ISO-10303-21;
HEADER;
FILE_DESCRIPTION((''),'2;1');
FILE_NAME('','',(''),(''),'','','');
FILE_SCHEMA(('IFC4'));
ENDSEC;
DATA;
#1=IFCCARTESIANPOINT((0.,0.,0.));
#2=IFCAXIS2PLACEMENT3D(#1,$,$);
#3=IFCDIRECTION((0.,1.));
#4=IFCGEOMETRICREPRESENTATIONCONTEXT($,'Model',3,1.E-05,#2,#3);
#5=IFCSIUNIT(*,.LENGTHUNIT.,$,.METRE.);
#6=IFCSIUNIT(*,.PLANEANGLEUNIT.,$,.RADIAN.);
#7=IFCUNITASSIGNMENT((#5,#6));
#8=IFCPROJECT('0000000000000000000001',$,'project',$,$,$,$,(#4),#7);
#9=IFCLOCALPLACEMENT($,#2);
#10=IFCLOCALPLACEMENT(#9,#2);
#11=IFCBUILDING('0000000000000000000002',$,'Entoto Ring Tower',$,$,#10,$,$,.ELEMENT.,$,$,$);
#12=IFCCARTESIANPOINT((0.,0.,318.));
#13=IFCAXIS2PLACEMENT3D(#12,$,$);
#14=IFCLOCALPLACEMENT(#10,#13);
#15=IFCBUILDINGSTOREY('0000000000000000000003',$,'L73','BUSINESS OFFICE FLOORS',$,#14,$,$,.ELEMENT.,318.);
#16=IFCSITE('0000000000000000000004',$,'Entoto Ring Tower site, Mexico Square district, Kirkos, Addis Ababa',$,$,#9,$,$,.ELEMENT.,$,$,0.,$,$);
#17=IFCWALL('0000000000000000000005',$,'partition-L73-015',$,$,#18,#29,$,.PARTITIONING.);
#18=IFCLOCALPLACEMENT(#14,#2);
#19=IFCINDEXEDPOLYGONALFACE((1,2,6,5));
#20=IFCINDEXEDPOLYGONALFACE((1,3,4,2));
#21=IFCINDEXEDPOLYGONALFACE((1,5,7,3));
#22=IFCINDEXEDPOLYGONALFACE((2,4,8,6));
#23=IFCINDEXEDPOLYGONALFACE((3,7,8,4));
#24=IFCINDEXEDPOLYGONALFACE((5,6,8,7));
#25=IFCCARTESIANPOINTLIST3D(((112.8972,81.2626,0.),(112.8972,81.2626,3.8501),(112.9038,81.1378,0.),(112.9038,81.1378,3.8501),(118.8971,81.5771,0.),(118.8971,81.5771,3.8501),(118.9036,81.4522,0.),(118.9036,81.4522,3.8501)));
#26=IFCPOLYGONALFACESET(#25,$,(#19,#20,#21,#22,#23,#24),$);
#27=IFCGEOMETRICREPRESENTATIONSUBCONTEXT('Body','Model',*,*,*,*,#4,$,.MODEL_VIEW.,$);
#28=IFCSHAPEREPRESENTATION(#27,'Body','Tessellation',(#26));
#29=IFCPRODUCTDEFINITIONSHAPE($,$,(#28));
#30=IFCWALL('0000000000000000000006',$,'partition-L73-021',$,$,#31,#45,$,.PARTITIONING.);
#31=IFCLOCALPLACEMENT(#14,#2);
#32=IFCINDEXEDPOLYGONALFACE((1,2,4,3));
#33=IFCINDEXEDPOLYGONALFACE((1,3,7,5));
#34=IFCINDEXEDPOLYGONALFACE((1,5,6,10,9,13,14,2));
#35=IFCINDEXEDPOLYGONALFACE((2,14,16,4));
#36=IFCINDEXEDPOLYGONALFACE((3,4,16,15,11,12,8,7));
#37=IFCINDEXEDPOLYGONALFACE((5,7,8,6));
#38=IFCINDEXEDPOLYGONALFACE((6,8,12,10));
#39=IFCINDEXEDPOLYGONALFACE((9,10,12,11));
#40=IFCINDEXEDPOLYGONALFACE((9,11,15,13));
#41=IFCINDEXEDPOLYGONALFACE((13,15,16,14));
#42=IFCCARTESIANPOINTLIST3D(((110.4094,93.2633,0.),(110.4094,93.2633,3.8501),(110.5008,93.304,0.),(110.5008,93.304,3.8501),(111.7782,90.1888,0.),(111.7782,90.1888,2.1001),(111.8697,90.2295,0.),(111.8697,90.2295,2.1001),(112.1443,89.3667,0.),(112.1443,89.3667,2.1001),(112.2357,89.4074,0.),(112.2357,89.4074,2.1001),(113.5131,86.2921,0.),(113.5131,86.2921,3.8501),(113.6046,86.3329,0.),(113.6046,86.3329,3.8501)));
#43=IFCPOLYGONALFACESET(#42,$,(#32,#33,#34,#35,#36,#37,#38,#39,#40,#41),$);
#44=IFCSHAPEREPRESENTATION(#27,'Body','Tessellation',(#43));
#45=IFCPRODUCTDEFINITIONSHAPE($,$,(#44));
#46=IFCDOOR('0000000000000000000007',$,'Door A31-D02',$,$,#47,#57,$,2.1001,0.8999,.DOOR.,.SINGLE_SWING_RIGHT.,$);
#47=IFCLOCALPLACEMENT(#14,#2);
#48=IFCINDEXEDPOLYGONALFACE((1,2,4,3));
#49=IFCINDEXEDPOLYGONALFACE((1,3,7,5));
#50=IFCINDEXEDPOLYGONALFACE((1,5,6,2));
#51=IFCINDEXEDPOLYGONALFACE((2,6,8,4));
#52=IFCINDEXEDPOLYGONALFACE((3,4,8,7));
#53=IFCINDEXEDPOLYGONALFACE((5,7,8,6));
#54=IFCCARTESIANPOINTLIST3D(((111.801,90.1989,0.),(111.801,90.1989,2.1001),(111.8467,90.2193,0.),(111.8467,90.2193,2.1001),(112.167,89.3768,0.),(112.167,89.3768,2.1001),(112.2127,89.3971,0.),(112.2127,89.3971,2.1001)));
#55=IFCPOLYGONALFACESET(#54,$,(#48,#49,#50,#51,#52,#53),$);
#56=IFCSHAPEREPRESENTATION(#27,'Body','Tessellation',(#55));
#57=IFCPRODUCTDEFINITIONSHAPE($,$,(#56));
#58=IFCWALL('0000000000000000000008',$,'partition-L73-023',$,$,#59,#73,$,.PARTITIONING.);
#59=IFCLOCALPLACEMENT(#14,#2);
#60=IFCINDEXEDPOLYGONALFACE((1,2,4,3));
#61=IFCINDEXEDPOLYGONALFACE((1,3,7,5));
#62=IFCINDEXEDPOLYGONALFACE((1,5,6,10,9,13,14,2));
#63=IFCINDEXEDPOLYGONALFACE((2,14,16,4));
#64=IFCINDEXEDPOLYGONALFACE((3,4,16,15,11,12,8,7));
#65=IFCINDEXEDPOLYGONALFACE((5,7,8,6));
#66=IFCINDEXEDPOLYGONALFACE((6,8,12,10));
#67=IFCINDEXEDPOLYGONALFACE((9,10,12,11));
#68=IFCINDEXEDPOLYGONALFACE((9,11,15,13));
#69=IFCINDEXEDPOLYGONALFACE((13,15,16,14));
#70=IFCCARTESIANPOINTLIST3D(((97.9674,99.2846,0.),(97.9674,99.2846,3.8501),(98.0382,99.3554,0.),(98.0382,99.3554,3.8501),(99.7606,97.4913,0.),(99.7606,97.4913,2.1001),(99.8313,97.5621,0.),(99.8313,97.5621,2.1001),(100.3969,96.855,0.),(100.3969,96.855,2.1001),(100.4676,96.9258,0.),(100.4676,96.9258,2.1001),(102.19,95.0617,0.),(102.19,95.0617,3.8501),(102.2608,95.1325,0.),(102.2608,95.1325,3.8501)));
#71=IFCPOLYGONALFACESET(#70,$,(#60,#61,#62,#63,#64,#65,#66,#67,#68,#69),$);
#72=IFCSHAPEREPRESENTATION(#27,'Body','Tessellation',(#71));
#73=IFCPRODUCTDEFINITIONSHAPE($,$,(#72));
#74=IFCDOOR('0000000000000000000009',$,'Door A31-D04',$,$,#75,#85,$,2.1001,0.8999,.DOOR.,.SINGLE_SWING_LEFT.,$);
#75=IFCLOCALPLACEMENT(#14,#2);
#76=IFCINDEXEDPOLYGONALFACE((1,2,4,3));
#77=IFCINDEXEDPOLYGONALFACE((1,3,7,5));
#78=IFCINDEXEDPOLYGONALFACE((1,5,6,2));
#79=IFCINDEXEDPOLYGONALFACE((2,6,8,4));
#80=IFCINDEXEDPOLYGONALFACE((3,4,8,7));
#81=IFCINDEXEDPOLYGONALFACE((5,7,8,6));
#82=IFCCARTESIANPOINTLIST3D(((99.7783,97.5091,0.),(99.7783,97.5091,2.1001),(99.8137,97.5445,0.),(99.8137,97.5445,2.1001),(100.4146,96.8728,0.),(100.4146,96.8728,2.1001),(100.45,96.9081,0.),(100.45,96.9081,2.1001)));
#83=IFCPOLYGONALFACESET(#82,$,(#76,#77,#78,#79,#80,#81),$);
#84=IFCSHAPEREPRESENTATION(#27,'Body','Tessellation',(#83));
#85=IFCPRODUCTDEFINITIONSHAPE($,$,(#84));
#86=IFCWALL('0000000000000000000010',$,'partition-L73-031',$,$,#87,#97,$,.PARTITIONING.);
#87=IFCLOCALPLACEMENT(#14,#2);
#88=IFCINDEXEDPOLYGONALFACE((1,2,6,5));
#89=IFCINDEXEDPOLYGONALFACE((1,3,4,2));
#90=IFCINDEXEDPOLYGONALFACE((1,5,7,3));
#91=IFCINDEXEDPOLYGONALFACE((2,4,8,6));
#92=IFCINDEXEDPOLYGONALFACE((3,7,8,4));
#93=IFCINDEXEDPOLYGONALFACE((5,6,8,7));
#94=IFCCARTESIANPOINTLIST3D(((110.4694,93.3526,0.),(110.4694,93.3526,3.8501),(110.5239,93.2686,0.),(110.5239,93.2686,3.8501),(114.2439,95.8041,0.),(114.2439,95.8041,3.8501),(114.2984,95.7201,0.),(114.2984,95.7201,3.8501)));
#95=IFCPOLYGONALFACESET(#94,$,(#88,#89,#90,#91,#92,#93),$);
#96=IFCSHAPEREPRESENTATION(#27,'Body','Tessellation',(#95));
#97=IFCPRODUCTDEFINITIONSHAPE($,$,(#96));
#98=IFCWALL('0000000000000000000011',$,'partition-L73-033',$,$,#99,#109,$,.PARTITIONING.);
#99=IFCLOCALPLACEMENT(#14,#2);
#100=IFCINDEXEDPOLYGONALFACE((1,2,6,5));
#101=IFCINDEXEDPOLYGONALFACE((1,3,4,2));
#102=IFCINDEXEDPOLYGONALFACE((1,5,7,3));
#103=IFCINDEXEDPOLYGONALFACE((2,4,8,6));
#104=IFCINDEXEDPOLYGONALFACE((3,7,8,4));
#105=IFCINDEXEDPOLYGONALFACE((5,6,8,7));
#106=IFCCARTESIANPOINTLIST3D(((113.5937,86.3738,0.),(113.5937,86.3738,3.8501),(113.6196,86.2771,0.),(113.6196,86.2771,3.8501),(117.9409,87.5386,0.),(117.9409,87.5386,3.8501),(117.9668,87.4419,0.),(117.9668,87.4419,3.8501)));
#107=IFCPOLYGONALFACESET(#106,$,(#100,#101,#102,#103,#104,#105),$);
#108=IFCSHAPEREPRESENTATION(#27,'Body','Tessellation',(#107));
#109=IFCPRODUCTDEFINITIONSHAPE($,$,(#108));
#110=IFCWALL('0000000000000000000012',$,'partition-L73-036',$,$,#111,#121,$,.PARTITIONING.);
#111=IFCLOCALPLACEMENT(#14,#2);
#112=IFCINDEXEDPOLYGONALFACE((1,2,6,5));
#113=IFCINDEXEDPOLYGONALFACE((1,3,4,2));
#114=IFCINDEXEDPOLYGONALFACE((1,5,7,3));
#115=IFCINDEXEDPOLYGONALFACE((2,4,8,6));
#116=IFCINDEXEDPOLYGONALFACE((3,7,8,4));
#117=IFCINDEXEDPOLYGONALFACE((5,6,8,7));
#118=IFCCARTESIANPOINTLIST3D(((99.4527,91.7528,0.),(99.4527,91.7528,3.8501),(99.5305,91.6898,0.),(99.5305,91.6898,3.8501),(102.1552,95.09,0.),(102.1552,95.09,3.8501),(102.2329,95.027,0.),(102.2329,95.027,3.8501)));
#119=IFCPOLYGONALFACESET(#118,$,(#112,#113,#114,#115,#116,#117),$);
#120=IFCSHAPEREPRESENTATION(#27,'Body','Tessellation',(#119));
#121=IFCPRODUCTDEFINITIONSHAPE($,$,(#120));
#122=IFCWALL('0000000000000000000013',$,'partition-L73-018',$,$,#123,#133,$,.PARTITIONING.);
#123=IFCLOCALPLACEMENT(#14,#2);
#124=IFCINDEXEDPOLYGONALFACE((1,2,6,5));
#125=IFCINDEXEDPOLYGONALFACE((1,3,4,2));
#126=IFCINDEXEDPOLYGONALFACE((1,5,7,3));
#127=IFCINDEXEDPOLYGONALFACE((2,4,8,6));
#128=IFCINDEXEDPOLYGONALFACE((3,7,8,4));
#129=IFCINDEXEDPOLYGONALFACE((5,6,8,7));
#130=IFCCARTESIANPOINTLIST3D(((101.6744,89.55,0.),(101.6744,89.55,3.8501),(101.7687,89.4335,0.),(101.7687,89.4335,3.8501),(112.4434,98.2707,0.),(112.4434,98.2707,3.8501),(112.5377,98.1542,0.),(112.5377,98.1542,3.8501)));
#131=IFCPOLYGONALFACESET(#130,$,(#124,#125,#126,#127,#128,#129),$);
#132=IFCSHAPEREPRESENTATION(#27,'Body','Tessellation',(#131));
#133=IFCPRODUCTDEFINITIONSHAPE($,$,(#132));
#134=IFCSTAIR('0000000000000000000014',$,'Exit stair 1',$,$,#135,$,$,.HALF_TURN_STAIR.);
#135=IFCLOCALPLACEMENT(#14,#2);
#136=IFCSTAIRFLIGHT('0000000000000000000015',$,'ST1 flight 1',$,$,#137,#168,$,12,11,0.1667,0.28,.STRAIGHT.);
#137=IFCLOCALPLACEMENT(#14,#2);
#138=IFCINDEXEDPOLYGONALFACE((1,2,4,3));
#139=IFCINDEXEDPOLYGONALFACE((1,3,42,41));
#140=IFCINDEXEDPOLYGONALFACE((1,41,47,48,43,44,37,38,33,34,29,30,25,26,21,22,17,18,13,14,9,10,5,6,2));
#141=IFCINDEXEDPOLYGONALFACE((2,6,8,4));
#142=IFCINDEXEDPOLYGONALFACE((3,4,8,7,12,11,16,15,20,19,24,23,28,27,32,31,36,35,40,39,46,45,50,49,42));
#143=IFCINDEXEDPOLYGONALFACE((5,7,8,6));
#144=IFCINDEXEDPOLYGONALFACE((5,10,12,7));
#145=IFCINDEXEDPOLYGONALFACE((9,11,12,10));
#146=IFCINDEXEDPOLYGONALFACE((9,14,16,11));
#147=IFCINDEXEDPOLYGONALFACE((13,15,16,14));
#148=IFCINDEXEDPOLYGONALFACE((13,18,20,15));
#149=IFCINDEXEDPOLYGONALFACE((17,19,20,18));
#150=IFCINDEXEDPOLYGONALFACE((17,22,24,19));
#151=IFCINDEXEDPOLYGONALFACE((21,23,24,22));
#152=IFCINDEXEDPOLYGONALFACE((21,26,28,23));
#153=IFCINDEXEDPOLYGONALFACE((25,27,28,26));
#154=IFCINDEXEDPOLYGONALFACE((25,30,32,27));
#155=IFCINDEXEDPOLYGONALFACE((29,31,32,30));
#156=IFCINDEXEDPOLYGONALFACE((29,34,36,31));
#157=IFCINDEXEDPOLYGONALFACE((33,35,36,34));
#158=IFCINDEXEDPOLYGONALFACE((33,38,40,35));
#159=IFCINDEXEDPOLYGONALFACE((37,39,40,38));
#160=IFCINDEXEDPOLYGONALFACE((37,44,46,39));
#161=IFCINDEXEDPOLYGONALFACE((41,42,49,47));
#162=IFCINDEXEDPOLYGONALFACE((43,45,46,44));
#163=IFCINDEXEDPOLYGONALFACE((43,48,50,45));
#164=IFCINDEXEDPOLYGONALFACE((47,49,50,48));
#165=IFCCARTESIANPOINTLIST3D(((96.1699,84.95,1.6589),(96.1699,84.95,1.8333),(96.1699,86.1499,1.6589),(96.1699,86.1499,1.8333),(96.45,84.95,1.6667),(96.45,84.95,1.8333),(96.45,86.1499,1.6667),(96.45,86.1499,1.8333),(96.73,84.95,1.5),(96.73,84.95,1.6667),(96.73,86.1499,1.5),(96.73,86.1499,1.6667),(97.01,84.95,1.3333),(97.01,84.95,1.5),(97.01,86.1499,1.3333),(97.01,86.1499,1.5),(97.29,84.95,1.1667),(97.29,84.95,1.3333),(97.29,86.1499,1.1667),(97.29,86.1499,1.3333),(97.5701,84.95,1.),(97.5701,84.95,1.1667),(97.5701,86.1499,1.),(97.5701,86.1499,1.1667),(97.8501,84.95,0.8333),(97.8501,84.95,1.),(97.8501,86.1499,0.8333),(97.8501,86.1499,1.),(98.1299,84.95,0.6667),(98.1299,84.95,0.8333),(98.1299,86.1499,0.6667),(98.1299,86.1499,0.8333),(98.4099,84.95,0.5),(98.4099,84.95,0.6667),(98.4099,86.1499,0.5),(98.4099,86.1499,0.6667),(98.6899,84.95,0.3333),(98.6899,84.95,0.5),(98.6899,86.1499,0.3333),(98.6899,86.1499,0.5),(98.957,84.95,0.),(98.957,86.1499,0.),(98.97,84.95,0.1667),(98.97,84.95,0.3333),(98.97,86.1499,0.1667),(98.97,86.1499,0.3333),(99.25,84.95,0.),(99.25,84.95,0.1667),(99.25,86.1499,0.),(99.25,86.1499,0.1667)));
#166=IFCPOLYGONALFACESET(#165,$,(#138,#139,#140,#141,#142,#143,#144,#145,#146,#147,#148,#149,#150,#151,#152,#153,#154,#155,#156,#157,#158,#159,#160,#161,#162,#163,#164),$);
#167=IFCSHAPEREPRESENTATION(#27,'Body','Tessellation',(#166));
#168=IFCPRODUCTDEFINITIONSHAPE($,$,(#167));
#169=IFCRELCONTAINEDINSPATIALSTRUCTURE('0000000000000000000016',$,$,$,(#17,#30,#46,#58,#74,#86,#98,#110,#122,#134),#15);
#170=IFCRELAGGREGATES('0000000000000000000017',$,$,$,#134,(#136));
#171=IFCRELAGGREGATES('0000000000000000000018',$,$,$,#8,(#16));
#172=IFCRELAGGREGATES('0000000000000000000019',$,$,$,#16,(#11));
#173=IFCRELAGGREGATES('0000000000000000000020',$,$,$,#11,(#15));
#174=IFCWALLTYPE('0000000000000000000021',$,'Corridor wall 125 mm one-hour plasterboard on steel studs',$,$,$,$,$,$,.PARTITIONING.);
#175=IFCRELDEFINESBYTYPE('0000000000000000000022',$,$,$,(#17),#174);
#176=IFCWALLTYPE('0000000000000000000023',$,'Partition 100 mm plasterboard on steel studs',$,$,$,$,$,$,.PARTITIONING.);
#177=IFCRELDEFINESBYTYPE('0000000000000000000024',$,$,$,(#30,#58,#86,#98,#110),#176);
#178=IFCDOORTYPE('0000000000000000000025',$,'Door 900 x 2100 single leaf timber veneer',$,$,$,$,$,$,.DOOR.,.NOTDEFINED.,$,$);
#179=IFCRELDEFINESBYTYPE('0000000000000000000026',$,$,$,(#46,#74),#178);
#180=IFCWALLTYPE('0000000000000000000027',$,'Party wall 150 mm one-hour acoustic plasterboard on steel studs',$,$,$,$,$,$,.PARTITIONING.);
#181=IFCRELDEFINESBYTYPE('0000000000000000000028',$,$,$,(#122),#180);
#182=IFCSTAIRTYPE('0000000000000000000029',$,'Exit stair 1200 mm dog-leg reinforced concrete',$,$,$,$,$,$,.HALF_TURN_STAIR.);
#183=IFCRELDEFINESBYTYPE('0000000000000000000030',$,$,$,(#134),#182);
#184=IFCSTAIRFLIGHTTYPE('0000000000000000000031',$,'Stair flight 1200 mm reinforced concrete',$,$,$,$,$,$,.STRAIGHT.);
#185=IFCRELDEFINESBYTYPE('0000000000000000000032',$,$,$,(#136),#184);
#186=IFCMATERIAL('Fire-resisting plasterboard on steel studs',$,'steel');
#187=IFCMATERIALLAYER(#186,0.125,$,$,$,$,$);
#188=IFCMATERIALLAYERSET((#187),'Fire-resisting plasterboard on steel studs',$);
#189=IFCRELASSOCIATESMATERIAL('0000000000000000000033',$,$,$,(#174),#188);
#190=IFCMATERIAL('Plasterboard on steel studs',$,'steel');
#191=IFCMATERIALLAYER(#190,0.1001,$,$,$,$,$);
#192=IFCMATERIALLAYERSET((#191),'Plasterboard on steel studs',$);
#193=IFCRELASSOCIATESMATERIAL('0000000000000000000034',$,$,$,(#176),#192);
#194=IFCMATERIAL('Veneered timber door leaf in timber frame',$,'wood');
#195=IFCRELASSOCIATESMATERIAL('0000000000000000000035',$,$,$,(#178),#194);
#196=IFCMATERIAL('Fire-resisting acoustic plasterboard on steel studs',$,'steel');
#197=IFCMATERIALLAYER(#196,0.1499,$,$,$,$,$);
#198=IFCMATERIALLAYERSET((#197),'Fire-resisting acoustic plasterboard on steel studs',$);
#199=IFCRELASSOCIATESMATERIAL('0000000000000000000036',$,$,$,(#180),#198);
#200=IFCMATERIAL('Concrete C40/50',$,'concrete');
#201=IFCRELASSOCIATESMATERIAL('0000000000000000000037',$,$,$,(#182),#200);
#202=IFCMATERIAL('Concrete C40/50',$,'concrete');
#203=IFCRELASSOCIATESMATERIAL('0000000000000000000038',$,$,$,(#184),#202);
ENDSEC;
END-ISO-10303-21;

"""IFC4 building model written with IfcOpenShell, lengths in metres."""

from ifc_helpers import new_model, si_unit, direction, frame, frame_2d, origin, place, context, subcontext, project, spatial, polyline, rectangle, outline, extrude, material, layer, layer_set, type_object, element, fill, aggregate, save


model = new_model("IFC4")

# Units and contexts
model_context = context("Model", 3, precision=1e-05, world=origin(), true_north=direction((0.0, 1.0)))
body_context = subcontext(model_context, "Body", "Model", "MODEL_VIEW")
ifc_project = project(units=[si_unit("LENGTHUNIT", "METRE"), si_unit("PLANEANGLEUNIT", "RADIAN")], contexts=[model_context])

# Site, building, storey
site_placement = place(None, origin())
site = spatial("IfcSite", under=ifc_project, at=site_placement, Name="Entoto Ring Tower site, Mexico Square district, Kirkos, Addis Ababa", CompositionType="ELEMENT", RefElevation=0.0)
building_placement = place(site_placement, origin())
building = spatial("IfcBuilding", under=site, at=building_placement, Name="Entoto Ring Tower", CompositionType="ELEMENT")
storey_placement = place(building_placement, frame((0.0, 0.0, 318.0)))
storey = spatial("IfcBuildingStorey", under=building, at=storey_placement, Name="L73", Description="BUSINESS OFFICE FLOORS", CompositionType="ELEMENT", Elevation=318.0)

# Shared definitions
ifc_material_1 = material(Name="Fire-resisting plasterboard on steel studs", Category="steel")
ifc_layer_1 = layer(ifc_material_1, 0.125)
ifc_layer_set_1 = layer_set([ifc_layer_1], Name="Fire-resisting plasterboard on steel studs")
wall_type_1 = type_object("IfcWallType", Name="Corridor wall 125 mm one-hour plasterboard on steel studs", PredefinedType="PARTITIONING", material=ifc_layer_set_1)

# Wall
wall_1_placement = place(storey_placement, frame((112.9006, 81.2002, 0.0), z_axis=(0.0, 0.0, 1.0), x_axis=(0.998629, 0.052339, 0.0)))
element("IfcWall", 1, at=wall_1_placement, inside=storey, type_object=wall_type_1, Name="partition-L73-015", PredefinedType="PARTITIONING", context=body_context, shape_type="SweptSolid", body=[
    extrude(rectangle(XDim=6.0081, YDim=0.125, at=frame_2d((3.0039, 0.0))), origin(), (0.0, 0.0, 1.0), 3.8501),
])

# Walls, openings, doors
ifc_material_2 = material(Name="Plasterboard on steel studs", Category="steel")
ifc_layer_2 = layer(ifc_material_2, 0.1001)
ifc_layer_set_2 = layer_set([ifc_layer_2], Name="Plasterboard on steel studs")
wall_type_2 = type_object("IfcWallType", Name="Partition 100 mm plasterboard on steel studs", PredefinedType="PARTITIONING", material=ifc_layer_set_2)
wall_2_placement = place(storey_placement, frame((113.5588, 86.3125, 0.0), z_axis=(0.0, 0.0, 1.0), x_axis=(-0.406735, 0.913546, 0.0)))
wall_2 = element("IfcWall", 2, at=wall_2_placement, inside=storey, type_object=wall_type_2, Name="partition-L73-021", PredefinedType="PARTITIONING", context=body_context, shape_type="SweptSolid", body=[
    extrude(rectangle(XDim=7.6309, YDim=0.1001, at=frame_2d((3.8154, 0.0))), origin(), (0.0, 0.0, 1.0), 3.8501),
])
opening_1_placement = place(wall_2_placement, frame((3.3655, 0.0, 0.0)))
opening_1 = element("IfcOpeningElement", 3, at=opening_1_placement, cuts=wall_2, PredefinedType="OPENING", context=body_context, shape_type="SweptSolid", body=[
    extrude(rectangle(XDim=0.8999, YDim=2.1001, at=frame_2d((0.45, 1.05))), frame((0.0, 0.0601, 0.0), z_axis=(0.0, -1.0, 0.0), x_axis=(1.0, 0.0, 0.0)), (0.0, 0.0, 1.0), 0.1201),
])
ifc_material_3 = material(Name="Veneered timber door leaf in timber frame", Category="wood")
door_type_1 = type_object("IfcDoorType", Name="Door 900 x 2100 single leaf timber veneer", OperationType="NOTDEFINED", PredefinedType="DOOR", material=ifc_material_3)
door_1_placement = place(opening_1_placement, frame((0.8999, 0.0, 0.0), z_axis=(0.0, 0.0, 1.0), x_axis=(-1.0, 0.0, 0.0)))
door_1 = element("IfcDoor", 4, at=door_1_placement, inside=storey, type_object=door_type_1, Name="Door A31-D02", OperationType="SINGLE_SWING_RIGHT", OverallHeight=2.1001, OverallWidth=0.8999, PredefinedType="DOOR", context=body_context, shape_type="SweptSolid", body=[
    extrude(rectangle(XDim=0.8999, YDim=2.1001, at=frame_2d((0.45, 1.05))), frame((0.0, 0.0249, 0.0), z_axis=(0.0, -1.0, 0.0), x_axis=(1.0, 0.0, 0.0)), (0.0, 0.0, 1.0), 0.05),
])
fill(opening_1, door_1)
wall_3_placement = place(storey_placement, frame((102.2253, 95.0972, 0.0), z_axis=(0.0, 0.0, 1.0), x_axis=(-0.707086, 0.707127, 0.0)))
wall_3 = element("IfcWall", 5, at=wall_3_placement, inside=storey, type_object=wall_type_2, Name="partition-L73-023", PredefinedType="PARTITIONING", context=body_context, shape_type="SweptSolid", body=[
    extrude(rectangle(XDim=5.9719, YDim=0.1001, at=frame_2d((2.9858, 0.0))), origin(), (0.0, 0.0, 1.0), 3.8501),
])
opening_2_placement = place(wall_3_placement, frame((2.5359, 0.0, 0.0)))
opening_2 = element("IfcOpeningElement", 6, at=opening_2_placement, cuts=wall_3, PredefinedType="OPENING", context=body_context, shape_type="SweptSolid", body=[
    extrude(rectangle(XDim=0.8999, YDim=2.1001, at=frame_2d((0.45, 1.05))), frame((0.0, 0.0601, 0.0), z_axis=(0.0, -1.0, 0.0), x_axis=(1.0, 0.0, 0.0)), (0.0, 0.0, 1.0), 0.1201),
])
door_2_placement = place(opening_2_placement, origin())
door_2 = element("IfcDoor", 7, at=door_2_placement, inside=storey, type_object=door_type_1, Name="Door A31-D04", OperationType="SINGLE_SWING_LEFT", OverallHeight=2.1001, OverallWidth=0.8999, PredefinedType="DOOR", context=body_context, shape_type="SweptSolid", body=[
    extrude(rectangle(XDim=0.8999, YDim=2.1001, at=frame_2d((0.45, 1.05))), frame((0.0, 0.0249, 0.0), z_axis=(0.0, -1.0, 0.0), x_axis=(1.0, 0.0, 0.0)), (0.0, 0.0, 1.0), 0.05),
])
fill(opening_2, door_2)

# Walls
wall_4_placement = place(storey_placement, frame((110.4966, 93.3105, 0.0), z_axis=(0.0, 0.0, 1.0), x_axis=(0.838642, 0.544683, 0.0)))
element("IfcWall", 8, at=wall_4_placement, inside=storey, type_object=wall_type_2, Name="partition-L73-031", PredefinedType="PARTITIONING", context=body_context, shape_type="SweptSolid", body=[
    extrude(rectangle(XDim=4.5007, YDim=0.1001, at=frame_2d((2.2505, 0.0))), origin(), (0.0, 0.0, 1.0), 3.8501),
])
wall_5_placement = place(storey_placement, frame((113.6067, 86.3254, 0.0), z_axis=(0.0, 0.0, 1.0), x_axis=(0.965927, 0.258814, 0.0)))
element("IfcWall", 9, at=wall_5_placement, inside=storey, type_object=wall_type_2, Name="partition-L73-033", PredefinedType="PARTITIONING", context=body_context, shape_type="SweptSolid", body=[
    extrude(rectangle(XDim=4.5005, YDim=0.1001, at=frame_2d((2.2502, 0.0))), origin(), (0.0, 0.0, 1.0), 3.8501),
])
wall_6_placement = place(storey_placement, frame((99.4917, 91.7214, 0.0), z_axis=(0.0, 0.0, 1.0), x_axis=(0.629323, 0.777144, 0.0)))
element("IfcWall", 10, at=wall_6_placement, inside=storey, type_object=wall_type_2, Name="partition-L73-036", PredefinedType="PARTITIONING", context=body_context, shape_type="SweptSolid", body=[
    extrude(rectangle(XDim=4.2942, YDim=0.1001, at=frame_2d((2.147, 0.0))), origin(), (0.0, 0.0, 1.0), 3.8501),
])
ifc_material_4 = material(Name="Fire-resisting acoustic plasterboard on steel studs", Category="steel")
ifc_layer_3 = layer(ifc_material_4, 0.1499)
ifc_layer_set_3 = layer_set([ifc_layer_3], Name="Fire-resisting acoustic plasterboard on steel studs")
wall_type_3 = type_object("IfcWallType", Name="Party wall 150 mm one-hour acoustic plasterboard on steel studs", PredefinedType="PARTITIONING", material=ifc_layer_set_3)
wall_7_placement = place(storey_placement, frame((101.7214, 89.4917, 0.0), z_axis=(0.0, 0.0, 1.0), x_axis=(0.777142, 0.629325, 0.0)))
element("IfcWall", 11, at=wall_7_placement, inside=storey, type_object=wall_type_3, Name="partition-L73-018", PredefinedType="PARTITIONING", context=body_context, shape_type="SweptSolid", body=[
    extrude(rectangle(XDim=13.8572, YDim=0.1499, at=frame_2d((6.9287, 0.0))), origin(), (0.0, 0.0, 1.0), 3.8501),
])

# Stair, stair flight
ifc_material_5 = material(Name="Concrete C40/50", Category="concrete")
stair_type = type_object("IfcStairType", Name="Exit stair 1200 mm dog-leg reinforced concrete", PredefinedType="HALF_TURN_STAIR", material=ifc_material_5)
stair_placement = place(storey_placement, origin())
stair = element("IfcStair", 12, at=stair_placement, inside=storey, type_object=stair_type, Name="Exit stair 1", PredefinedType="HALF_TURN_STAIR")
ifc_material_6 = material(Name="Concrete C40/50", Category="concrete")
stair_flight_type = type_object("IfcStairFlightType", Name="Stair flight 1200 mm reinforced concrete", PredefinedType="STRAIGHT", material=ifc_material_6)
stair_flight_placement = place(storey_placement, frame((99.25, 85.55, 0.0), z_axis=(0.0, 0.0, 1.0), x_axis=(-1.0, 0.0, 0.0)))
stair_flight = element("IfcStairFlight", 13, at=stair_flight_placement, type_object=stair_flight_type, Name="ST1 flight 1", NumberOfRisers=12, NumberOfTreads=11, PredefinedType="STRAIGHT", RiserHeight=0.1667, TreadLength=0.28, context=body_context, shape_type="SweptSolid", body=[
    extrude(outline(polyline([(0.0, 0.0), (0.0, 0.1667), (0.28, 0.1667), (0.28, 0.3333), (0.5601, 0.3333), (0.5601, 0.5), (0.8401, 0.5), (0.8401, 0.6667), (1.1201, 0.6667), (1.1201, 0.8333), (1.3999, 0.8333), (1.3999, 1.0), (1.6799, 1.0), (1.6799, 1.1667), (1.96, 1.1667), (1.96, 1.3333), (2.24, 1.3333), (2.24, 1.5), (2.52, 1.5), (2.52, 1.6667), (2.8, 1.6667), (2.8, 1.8333), (3.0801, 1.8333), (3.0801, 2.0), (3.0801, 1.6589), (0.293, 0.0), (0.0, 0.0)])), frame((0.0, 0.6001, 0.0), z_axis=(0.0, -1.0, 0.0), x_axis=(1.0, 0.0, 0.0)), (0.0, 0.0, 1.0), 1.2),
])
aggregate(stair, [stair_flight])

save(model, "model.ifc")
